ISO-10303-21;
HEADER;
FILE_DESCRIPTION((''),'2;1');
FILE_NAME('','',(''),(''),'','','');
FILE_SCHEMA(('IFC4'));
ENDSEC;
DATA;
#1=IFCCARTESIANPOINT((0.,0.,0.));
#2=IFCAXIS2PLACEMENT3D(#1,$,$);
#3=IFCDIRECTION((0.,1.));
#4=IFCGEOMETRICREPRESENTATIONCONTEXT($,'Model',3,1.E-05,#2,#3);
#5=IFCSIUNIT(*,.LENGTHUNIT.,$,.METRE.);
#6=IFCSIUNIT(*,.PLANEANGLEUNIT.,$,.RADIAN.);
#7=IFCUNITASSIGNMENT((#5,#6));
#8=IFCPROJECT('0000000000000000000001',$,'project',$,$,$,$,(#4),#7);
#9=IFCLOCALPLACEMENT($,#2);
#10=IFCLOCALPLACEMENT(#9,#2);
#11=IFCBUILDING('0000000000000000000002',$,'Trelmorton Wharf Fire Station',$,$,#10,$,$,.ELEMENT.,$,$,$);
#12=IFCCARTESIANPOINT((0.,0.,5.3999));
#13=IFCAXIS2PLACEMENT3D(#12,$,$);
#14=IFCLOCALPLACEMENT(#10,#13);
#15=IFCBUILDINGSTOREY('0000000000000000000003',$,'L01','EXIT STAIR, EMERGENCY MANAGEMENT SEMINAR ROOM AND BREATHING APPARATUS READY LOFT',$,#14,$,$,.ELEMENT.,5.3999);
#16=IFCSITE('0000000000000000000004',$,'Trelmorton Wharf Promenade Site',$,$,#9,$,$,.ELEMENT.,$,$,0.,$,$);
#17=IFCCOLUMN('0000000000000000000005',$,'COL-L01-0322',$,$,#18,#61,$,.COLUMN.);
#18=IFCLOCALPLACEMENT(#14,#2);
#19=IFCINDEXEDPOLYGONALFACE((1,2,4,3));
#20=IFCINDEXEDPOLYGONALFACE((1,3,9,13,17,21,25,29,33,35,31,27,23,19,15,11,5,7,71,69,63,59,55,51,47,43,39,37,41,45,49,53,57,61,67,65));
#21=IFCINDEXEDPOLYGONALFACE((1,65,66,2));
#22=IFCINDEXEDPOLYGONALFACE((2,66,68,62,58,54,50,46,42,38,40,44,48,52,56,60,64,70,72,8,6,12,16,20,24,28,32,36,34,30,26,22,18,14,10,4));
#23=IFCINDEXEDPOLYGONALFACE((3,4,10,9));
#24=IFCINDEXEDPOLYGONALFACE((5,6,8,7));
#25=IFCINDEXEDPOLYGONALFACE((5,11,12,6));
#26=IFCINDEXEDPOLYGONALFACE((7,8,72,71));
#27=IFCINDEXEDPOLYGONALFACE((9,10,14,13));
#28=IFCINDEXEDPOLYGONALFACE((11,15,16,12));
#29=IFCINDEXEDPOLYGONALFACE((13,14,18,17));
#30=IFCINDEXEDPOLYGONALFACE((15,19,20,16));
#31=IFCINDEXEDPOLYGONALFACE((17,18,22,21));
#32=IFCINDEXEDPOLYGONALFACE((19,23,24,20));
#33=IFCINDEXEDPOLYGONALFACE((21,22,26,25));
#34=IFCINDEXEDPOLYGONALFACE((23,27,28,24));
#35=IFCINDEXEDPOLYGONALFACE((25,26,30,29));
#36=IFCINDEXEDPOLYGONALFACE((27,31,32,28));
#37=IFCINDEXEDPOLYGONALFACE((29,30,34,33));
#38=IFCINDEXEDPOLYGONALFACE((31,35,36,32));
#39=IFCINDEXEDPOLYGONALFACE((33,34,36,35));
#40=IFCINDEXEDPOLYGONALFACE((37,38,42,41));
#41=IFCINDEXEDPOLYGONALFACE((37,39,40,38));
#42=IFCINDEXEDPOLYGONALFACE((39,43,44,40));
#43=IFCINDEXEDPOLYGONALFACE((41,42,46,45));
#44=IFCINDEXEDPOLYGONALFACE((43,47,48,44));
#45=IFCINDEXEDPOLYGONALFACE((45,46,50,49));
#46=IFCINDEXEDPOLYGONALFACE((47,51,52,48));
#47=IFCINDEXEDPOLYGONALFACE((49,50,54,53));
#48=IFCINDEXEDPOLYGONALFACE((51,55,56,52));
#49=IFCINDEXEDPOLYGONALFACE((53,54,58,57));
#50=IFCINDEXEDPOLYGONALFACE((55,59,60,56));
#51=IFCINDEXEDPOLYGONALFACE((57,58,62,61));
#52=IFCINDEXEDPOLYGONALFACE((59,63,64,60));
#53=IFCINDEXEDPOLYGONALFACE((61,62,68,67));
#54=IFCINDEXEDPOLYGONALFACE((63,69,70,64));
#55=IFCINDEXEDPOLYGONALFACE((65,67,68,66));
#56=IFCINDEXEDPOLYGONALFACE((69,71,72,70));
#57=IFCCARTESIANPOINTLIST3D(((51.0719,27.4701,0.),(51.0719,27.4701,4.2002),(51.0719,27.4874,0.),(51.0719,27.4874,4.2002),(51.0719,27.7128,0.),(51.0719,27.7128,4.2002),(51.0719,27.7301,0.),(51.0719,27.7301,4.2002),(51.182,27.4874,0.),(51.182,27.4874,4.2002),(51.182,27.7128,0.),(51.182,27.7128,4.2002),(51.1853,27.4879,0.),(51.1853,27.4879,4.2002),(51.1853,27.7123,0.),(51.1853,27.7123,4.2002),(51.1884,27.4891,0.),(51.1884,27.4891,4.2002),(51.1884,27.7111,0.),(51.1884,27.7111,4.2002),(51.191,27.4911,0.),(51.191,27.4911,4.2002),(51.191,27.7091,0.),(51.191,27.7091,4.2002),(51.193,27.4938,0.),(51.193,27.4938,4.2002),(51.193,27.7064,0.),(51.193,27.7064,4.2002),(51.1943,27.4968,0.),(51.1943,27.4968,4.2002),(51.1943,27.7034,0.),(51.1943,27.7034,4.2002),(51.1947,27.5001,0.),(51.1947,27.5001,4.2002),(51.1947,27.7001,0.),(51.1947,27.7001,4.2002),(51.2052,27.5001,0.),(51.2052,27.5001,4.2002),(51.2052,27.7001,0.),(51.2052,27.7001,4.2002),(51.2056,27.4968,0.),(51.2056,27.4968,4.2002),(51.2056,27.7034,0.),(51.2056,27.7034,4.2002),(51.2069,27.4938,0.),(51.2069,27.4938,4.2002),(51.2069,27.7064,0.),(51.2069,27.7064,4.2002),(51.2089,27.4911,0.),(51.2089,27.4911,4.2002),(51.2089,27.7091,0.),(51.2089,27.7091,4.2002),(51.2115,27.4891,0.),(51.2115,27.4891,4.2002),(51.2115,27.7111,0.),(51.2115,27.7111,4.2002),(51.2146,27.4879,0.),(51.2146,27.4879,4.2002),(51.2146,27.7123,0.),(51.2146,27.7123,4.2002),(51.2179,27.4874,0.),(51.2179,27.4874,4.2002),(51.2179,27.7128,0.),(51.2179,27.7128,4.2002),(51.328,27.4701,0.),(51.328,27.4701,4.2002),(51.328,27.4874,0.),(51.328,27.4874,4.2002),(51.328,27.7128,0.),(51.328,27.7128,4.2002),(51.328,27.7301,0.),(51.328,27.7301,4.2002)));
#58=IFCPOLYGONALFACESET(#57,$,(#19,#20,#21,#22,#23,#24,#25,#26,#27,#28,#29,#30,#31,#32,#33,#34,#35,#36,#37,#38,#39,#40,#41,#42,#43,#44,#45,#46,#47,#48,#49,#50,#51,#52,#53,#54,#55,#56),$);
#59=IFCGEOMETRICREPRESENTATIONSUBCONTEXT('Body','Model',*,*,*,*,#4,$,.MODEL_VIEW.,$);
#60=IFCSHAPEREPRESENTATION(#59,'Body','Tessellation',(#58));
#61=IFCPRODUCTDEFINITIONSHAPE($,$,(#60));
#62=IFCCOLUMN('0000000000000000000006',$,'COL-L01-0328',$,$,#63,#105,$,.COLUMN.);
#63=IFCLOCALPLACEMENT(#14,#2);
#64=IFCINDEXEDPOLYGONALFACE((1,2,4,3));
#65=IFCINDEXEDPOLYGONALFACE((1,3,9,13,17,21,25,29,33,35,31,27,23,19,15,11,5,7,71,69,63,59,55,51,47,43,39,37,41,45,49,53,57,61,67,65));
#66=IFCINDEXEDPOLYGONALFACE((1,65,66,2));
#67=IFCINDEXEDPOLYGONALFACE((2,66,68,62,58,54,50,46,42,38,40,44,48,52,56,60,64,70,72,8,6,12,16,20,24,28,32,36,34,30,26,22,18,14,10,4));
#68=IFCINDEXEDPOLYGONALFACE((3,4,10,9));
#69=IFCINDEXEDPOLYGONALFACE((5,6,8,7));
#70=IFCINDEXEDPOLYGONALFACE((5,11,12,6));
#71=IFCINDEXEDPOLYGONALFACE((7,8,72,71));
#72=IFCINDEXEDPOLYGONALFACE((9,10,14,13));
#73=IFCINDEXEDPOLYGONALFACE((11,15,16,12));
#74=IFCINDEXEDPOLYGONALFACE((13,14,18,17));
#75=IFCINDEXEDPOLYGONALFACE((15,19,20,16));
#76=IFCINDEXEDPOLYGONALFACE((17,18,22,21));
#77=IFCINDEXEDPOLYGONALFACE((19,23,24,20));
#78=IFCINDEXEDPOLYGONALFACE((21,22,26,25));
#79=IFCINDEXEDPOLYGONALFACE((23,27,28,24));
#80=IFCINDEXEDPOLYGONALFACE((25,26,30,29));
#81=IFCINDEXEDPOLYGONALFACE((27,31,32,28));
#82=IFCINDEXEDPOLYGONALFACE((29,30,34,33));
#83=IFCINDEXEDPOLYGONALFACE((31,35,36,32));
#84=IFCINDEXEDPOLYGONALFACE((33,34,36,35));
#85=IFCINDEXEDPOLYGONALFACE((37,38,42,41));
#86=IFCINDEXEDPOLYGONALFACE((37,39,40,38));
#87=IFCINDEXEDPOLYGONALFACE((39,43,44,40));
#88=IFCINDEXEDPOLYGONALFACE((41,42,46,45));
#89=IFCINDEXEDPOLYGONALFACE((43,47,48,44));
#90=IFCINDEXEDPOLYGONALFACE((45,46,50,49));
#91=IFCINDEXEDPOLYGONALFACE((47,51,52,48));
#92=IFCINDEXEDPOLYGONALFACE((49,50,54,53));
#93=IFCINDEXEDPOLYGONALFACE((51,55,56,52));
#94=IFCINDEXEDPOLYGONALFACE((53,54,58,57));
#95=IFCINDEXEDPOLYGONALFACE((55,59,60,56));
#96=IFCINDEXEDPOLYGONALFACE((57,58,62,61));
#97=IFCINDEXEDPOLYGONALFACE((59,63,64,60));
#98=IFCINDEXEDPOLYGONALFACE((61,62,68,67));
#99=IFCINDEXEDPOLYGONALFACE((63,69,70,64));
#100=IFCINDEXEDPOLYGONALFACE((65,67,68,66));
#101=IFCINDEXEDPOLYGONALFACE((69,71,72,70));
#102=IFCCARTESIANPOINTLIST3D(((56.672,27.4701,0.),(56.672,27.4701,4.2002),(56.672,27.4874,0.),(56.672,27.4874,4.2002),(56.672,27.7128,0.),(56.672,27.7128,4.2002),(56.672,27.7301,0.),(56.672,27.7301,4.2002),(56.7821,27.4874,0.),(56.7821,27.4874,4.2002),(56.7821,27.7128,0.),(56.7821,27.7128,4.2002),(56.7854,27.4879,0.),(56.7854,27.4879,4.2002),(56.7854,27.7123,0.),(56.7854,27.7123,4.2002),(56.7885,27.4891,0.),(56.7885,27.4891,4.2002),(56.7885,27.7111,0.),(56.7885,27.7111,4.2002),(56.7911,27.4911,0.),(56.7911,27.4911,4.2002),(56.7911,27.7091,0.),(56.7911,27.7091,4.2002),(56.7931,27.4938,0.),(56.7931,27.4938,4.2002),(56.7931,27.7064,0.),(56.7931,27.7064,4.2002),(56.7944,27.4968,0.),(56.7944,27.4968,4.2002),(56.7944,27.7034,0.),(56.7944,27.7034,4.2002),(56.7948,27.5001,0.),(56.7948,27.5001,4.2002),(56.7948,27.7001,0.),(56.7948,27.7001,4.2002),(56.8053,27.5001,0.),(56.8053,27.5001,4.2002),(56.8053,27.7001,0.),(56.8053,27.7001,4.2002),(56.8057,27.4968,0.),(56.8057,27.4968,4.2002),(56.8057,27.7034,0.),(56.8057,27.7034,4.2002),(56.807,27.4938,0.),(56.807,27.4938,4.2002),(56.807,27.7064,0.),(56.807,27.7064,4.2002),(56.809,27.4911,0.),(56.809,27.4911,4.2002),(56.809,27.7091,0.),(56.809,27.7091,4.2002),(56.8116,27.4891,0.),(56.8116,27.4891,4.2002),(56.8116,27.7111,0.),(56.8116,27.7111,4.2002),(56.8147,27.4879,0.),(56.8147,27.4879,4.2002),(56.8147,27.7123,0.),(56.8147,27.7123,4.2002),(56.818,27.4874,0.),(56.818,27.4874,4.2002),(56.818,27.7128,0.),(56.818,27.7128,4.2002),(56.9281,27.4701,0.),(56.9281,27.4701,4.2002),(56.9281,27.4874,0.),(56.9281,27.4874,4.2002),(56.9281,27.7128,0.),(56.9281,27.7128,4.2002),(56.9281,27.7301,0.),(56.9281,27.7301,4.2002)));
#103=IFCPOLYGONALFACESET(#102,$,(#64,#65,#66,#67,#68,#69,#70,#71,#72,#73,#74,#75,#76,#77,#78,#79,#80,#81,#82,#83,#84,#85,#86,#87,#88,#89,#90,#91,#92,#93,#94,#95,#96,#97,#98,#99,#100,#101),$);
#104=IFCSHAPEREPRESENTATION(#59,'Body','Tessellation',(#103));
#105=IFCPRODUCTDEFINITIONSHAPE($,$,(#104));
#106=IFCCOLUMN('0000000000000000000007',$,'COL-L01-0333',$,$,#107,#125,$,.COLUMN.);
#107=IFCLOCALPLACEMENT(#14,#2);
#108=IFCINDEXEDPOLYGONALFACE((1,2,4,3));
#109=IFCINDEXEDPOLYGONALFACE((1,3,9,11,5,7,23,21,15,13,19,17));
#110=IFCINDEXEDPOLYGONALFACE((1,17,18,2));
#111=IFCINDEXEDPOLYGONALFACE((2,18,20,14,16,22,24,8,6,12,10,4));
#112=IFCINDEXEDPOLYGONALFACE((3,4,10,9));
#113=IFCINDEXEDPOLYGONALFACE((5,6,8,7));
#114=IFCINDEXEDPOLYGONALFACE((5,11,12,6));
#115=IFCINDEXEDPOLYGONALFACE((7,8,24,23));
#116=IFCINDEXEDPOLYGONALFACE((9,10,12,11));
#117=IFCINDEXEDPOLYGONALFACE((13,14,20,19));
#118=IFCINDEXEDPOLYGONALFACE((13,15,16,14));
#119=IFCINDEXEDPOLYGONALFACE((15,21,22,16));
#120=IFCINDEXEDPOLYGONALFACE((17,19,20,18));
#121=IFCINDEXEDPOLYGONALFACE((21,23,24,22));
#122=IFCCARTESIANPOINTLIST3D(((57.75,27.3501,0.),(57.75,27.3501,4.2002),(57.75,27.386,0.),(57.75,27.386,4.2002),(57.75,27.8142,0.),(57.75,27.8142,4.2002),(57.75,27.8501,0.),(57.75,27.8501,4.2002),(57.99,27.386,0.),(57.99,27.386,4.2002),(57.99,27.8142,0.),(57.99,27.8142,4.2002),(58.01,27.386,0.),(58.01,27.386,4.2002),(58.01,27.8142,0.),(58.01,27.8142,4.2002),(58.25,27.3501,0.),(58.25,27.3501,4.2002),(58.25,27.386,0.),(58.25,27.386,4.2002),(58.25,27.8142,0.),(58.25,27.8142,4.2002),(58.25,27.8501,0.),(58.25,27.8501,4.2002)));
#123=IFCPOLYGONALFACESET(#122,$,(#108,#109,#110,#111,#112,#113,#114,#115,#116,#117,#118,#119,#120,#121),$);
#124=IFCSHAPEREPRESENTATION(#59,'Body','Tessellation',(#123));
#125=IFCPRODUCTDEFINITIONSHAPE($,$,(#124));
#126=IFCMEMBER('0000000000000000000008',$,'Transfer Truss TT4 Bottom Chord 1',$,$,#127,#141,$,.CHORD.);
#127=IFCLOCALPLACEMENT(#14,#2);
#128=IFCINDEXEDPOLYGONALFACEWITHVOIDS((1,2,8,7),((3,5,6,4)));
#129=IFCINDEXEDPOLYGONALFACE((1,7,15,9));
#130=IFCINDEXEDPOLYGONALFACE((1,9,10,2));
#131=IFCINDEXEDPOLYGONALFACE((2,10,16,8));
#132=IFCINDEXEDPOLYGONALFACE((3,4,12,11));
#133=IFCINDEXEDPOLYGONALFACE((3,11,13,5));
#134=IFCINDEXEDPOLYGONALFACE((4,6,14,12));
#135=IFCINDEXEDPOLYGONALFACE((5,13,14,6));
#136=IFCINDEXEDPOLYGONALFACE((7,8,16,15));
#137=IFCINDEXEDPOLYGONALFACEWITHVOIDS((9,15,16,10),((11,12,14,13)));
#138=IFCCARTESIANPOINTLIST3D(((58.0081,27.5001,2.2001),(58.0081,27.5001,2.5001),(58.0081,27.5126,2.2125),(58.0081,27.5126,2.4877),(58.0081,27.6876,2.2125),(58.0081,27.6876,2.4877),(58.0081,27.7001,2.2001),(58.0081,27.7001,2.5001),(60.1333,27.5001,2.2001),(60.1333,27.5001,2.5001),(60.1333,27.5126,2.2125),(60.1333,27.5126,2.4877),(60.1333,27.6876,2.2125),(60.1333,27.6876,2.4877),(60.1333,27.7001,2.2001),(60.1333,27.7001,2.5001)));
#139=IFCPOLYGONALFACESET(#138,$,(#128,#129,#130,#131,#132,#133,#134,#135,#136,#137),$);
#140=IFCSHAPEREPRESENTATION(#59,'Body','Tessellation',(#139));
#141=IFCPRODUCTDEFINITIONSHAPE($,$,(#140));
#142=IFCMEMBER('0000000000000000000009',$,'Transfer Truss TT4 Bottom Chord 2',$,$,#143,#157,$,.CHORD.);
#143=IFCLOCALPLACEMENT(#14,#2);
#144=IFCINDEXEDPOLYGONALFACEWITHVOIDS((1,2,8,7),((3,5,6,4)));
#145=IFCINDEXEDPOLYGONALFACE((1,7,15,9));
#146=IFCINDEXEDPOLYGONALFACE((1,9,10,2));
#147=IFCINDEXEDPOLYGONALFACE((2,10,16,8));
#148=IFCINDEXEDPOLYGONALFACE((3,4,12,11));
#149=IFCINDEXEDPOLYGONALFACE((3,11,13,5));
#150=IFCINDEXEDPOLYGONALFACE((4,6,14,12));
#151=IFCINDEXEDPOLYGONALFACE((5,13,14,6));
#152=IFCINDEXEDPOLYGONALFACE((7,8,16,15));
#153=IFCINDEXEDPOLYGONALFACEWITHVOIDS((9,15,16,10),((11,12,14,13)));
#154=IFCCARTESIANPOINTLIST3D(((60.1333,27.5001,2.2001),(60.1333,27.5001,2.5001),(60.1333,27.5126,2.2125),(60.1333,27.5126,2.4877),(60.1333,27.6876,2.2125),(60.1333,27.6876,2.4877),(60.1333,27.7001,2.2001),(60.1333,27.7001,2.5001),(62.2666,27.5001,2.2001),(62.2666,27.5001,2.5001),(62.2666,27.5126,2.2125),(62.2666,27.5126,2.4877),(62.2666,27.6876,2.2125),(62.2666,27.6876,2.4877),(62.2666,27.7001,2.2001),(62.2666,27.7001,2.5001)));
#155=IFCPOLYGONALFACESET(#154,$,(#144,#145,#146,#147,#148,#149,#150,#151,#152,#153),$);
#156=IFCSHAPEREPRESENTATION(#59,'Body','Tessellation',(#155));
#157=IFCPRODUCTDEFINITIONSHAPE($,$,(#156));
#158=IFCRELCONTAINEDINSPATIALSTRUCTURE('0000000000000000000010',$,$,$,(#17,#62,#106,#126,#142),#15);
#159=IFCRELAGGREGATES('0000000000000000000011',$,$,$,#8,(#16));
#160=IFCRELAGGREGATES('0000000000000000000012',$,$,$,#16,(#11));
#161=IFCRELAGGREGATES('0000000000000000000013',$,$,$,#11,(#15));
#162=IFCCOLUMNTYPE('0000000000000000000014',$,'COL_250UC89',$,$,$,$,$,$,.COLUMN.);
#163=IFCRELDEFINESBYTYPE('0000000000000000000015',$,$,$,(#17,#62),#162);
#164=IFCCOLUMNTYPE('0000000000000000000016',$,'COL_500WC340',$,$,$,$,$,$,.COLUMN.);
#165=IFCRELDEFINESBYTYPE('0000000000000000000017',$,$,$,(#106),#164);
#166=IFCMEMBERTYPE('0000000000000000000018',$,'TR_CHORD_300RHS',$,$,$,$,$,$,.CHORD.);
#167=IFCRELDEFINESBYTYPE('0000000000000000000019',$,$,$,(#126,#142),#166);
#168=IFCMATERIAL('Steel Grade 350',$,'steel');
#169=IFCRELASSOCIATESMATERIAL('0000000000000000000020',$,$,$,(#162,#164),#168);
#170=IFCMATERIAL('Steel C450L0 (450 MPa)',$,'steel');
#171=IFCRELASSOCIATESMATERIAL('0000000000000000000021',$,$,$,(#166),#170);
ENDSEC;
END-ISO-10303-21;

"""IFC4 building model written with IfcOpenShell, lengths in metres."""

from ifc_helpers import new_model, si_unit, direction, frame, origin, origin_2d, place, context, subcontext, project, spatial, hollow_rectangle, i_section, extrude, material, material_profile, profile_set, type_object, element, save


model = new_model("IFC4")

# Units and contexts
model_context = context("Model", 3, precision=1e-05, world=origin(), true_north=direction((0.0, 1.0)))
body_context = subcontext(model_context, "Body", "Model", "MODEL_VIEW")
ifc_project = project(units=[si_unit("LENGTHUNIT", "METRE"), si_unit("PLANEANGLEUNIT", "RADIAN")], contexts=[model_context])

# Site, building, storey
site_placement = place(None, origin())
site = spatial("IfcSite", under=ifc_project, at=site_placement, Name="Trelmorton Wharf Promenade Site", CompositionType="ELEMENT", RefElevation=0.0)
building_placement = place(site_placement, origin())
building = spatial("IfcBuilding", under=site, at=building_placement, Name="Trelmorton Wharf Fire Station", CompositionType="ELEMENT")
storey_placement = place(building_placement, frame((0.0, 0.0, 5.3999)))
storey = spatial("IfcBuildingStorey", under=building, at=storey_placement, Name="L01", Description="EXIT STAIR, EMERGENCY MANAGEMENT SEMINAR ROOM AND BREATHING APPARATUS READY LOFT", CompositionType="ELEMENT", Elevation=5.3999)

# Columns
ifc_material_1 = material(Name="Steel Grade 350", Category="steel")
ifc_material_profile_1 = material_profile(ifc_material_1, i_section(OverallWidth=0.2561, OverallDepth=0.26, WebThickness=0.0105, FlangeThickness=0.0173, FilletRadius=0.0127, at=origin_2d()), Name="250UC89.5")
ifc_profile_set_1 = profile_set([ifc_material_profile_1], Name="Steel Grade 350")
column_type_1 = type_object("IfcColumnType", Name="COL_250UC89", PredefinedType="COLUMN", material=ifc_profile_set_1)
for number, where, z_axis, x_axis, name in (
    (1, (51.2, 27.6001, 0.0), (0.0, 0.0, 1.0), (1.0, 0.0, 0.0), "COL-L01-0322"),
    (2, (56.8, 27.6001, 0.0), (0.0, 0.0, 1.0), (1.0, 0.0, 0.0), "COL-L01-0328"),
):
    element("IfcColumn", number, at=place(storey_placement, frame(where, z_axis=z_axis, x_axis=x_axis)), inside=storey, type_object=column_type_1, Name=name, PredefinedType="COLUMN", context=body_context, shape_type="SweptSolid", body=[
        extrude(i_section(OverallWidth=0.2561, OverallDepth=0.26, WebThickness=0.0105, FlangeThickness=0.0173, FilletRadius=0.0127, at=origin_2d()), origin(), (0.0, 0.0, 1.0), 4.2002),
    ])
ifc_material_profile_2 = material_profile(ifc_material_1, i_section(OverallWidth=0.5, OverallDepth=0.5, WebThickness=0.02, FlangeThickness=0.0359, at=origin_2d()), Name="500WC340")
ifc_profile_set_2 = profile_set([ifc_material_profile_2], Name="Steel Grade 350")
column_type_2 = type_object("IfcColumnType", Name="COL_500WC340", PredefinedType="COLUMN", material=ifc_profile_set_2)
column_placement = place(storey_placement, frame((58.0, 27.6001, 0.0), z_axis=(0.0, 0.0, 1.0), x_axis=(1.0, 0.0, 0.0)))
element("IfcColumn", 3, at=column_placement, inside=storey, type_object=column_type_2, Name="COL-L01-0333", PredefinedType="COLUMN", context=body_context, shape_type="SweptSolid", body=[
    extrude(i_section(OverallWidth=0.5, OverallDepth=0.5, WebThickness=0.02, FlangeThickness=0.0359, at=origin_2d()), origin(), (0.0, 0.0, 1.0), 4.2002),
])

# Members
ifc_material_2 = material(Name="Steel C450L0 (450 MPa)", Category="steel")
ifc_material_profile_3 = material_profile(ifc_material_2, hollow_rectangle(XDim=0.2, YDim=0.3, WallThickness=0.0125, at=origin_2d()), Name="300x200x12.5RHS")
ifc_profile_set_3 = profile_set([ifc_material_profile_3], Name="Steel C450L0 (450 MPa)")
member_type_1 = type_object("IfcMemberType", Name="TR_CHORD_300RHS", PredefinedType="CHORD", material=ifc_profile_set_3)
member_1_placement = place(storey_placement, frame((58.0081, 27.6001, 2.3501), z_axis=(1.0, 0.0, 0.0), x_axis=(0.0, 1.0, 0.0)))
element("IfcMember", 4, at=member_1_placement, inside=storey, type_object=member_type_1, Name="Transfer Truss TT4 Bottom Chord 1", PredefinedType="CHORD", context=body_context, shape_type="SweptSolid", body=[
    extrude(hollow_rectangle(XDim=0.2, YDim=0.3, WallThickness=0.0125, at=origin_2d()), origin(), (0.0, 0.0, 1.0), 2.1252),
])
member_2_placement = place(storey_placement, frame((60.1333, 27.6001, 2.3501), z_axis=(1.0, 0.0, 0.0), x_axis=(0.0, 1.0, 0.0)))
element("IfcMember", 5, at=member_2_placement, inside=storey, type_object=member_type_1, Name="Transfer Truss TT4 Bottom Chord 2", PredefinedType="CHORD", context=body_context, shape_type="SweptSolid", body=[
    extrude(hollow_rectangle(XDim=0.2, YDim=0.3, WallThickness=0.0125, at=origin_2d()), origin(), (0.0, 0.0, 1.0), 2.1333),
])

save(model, "model.ifc")
